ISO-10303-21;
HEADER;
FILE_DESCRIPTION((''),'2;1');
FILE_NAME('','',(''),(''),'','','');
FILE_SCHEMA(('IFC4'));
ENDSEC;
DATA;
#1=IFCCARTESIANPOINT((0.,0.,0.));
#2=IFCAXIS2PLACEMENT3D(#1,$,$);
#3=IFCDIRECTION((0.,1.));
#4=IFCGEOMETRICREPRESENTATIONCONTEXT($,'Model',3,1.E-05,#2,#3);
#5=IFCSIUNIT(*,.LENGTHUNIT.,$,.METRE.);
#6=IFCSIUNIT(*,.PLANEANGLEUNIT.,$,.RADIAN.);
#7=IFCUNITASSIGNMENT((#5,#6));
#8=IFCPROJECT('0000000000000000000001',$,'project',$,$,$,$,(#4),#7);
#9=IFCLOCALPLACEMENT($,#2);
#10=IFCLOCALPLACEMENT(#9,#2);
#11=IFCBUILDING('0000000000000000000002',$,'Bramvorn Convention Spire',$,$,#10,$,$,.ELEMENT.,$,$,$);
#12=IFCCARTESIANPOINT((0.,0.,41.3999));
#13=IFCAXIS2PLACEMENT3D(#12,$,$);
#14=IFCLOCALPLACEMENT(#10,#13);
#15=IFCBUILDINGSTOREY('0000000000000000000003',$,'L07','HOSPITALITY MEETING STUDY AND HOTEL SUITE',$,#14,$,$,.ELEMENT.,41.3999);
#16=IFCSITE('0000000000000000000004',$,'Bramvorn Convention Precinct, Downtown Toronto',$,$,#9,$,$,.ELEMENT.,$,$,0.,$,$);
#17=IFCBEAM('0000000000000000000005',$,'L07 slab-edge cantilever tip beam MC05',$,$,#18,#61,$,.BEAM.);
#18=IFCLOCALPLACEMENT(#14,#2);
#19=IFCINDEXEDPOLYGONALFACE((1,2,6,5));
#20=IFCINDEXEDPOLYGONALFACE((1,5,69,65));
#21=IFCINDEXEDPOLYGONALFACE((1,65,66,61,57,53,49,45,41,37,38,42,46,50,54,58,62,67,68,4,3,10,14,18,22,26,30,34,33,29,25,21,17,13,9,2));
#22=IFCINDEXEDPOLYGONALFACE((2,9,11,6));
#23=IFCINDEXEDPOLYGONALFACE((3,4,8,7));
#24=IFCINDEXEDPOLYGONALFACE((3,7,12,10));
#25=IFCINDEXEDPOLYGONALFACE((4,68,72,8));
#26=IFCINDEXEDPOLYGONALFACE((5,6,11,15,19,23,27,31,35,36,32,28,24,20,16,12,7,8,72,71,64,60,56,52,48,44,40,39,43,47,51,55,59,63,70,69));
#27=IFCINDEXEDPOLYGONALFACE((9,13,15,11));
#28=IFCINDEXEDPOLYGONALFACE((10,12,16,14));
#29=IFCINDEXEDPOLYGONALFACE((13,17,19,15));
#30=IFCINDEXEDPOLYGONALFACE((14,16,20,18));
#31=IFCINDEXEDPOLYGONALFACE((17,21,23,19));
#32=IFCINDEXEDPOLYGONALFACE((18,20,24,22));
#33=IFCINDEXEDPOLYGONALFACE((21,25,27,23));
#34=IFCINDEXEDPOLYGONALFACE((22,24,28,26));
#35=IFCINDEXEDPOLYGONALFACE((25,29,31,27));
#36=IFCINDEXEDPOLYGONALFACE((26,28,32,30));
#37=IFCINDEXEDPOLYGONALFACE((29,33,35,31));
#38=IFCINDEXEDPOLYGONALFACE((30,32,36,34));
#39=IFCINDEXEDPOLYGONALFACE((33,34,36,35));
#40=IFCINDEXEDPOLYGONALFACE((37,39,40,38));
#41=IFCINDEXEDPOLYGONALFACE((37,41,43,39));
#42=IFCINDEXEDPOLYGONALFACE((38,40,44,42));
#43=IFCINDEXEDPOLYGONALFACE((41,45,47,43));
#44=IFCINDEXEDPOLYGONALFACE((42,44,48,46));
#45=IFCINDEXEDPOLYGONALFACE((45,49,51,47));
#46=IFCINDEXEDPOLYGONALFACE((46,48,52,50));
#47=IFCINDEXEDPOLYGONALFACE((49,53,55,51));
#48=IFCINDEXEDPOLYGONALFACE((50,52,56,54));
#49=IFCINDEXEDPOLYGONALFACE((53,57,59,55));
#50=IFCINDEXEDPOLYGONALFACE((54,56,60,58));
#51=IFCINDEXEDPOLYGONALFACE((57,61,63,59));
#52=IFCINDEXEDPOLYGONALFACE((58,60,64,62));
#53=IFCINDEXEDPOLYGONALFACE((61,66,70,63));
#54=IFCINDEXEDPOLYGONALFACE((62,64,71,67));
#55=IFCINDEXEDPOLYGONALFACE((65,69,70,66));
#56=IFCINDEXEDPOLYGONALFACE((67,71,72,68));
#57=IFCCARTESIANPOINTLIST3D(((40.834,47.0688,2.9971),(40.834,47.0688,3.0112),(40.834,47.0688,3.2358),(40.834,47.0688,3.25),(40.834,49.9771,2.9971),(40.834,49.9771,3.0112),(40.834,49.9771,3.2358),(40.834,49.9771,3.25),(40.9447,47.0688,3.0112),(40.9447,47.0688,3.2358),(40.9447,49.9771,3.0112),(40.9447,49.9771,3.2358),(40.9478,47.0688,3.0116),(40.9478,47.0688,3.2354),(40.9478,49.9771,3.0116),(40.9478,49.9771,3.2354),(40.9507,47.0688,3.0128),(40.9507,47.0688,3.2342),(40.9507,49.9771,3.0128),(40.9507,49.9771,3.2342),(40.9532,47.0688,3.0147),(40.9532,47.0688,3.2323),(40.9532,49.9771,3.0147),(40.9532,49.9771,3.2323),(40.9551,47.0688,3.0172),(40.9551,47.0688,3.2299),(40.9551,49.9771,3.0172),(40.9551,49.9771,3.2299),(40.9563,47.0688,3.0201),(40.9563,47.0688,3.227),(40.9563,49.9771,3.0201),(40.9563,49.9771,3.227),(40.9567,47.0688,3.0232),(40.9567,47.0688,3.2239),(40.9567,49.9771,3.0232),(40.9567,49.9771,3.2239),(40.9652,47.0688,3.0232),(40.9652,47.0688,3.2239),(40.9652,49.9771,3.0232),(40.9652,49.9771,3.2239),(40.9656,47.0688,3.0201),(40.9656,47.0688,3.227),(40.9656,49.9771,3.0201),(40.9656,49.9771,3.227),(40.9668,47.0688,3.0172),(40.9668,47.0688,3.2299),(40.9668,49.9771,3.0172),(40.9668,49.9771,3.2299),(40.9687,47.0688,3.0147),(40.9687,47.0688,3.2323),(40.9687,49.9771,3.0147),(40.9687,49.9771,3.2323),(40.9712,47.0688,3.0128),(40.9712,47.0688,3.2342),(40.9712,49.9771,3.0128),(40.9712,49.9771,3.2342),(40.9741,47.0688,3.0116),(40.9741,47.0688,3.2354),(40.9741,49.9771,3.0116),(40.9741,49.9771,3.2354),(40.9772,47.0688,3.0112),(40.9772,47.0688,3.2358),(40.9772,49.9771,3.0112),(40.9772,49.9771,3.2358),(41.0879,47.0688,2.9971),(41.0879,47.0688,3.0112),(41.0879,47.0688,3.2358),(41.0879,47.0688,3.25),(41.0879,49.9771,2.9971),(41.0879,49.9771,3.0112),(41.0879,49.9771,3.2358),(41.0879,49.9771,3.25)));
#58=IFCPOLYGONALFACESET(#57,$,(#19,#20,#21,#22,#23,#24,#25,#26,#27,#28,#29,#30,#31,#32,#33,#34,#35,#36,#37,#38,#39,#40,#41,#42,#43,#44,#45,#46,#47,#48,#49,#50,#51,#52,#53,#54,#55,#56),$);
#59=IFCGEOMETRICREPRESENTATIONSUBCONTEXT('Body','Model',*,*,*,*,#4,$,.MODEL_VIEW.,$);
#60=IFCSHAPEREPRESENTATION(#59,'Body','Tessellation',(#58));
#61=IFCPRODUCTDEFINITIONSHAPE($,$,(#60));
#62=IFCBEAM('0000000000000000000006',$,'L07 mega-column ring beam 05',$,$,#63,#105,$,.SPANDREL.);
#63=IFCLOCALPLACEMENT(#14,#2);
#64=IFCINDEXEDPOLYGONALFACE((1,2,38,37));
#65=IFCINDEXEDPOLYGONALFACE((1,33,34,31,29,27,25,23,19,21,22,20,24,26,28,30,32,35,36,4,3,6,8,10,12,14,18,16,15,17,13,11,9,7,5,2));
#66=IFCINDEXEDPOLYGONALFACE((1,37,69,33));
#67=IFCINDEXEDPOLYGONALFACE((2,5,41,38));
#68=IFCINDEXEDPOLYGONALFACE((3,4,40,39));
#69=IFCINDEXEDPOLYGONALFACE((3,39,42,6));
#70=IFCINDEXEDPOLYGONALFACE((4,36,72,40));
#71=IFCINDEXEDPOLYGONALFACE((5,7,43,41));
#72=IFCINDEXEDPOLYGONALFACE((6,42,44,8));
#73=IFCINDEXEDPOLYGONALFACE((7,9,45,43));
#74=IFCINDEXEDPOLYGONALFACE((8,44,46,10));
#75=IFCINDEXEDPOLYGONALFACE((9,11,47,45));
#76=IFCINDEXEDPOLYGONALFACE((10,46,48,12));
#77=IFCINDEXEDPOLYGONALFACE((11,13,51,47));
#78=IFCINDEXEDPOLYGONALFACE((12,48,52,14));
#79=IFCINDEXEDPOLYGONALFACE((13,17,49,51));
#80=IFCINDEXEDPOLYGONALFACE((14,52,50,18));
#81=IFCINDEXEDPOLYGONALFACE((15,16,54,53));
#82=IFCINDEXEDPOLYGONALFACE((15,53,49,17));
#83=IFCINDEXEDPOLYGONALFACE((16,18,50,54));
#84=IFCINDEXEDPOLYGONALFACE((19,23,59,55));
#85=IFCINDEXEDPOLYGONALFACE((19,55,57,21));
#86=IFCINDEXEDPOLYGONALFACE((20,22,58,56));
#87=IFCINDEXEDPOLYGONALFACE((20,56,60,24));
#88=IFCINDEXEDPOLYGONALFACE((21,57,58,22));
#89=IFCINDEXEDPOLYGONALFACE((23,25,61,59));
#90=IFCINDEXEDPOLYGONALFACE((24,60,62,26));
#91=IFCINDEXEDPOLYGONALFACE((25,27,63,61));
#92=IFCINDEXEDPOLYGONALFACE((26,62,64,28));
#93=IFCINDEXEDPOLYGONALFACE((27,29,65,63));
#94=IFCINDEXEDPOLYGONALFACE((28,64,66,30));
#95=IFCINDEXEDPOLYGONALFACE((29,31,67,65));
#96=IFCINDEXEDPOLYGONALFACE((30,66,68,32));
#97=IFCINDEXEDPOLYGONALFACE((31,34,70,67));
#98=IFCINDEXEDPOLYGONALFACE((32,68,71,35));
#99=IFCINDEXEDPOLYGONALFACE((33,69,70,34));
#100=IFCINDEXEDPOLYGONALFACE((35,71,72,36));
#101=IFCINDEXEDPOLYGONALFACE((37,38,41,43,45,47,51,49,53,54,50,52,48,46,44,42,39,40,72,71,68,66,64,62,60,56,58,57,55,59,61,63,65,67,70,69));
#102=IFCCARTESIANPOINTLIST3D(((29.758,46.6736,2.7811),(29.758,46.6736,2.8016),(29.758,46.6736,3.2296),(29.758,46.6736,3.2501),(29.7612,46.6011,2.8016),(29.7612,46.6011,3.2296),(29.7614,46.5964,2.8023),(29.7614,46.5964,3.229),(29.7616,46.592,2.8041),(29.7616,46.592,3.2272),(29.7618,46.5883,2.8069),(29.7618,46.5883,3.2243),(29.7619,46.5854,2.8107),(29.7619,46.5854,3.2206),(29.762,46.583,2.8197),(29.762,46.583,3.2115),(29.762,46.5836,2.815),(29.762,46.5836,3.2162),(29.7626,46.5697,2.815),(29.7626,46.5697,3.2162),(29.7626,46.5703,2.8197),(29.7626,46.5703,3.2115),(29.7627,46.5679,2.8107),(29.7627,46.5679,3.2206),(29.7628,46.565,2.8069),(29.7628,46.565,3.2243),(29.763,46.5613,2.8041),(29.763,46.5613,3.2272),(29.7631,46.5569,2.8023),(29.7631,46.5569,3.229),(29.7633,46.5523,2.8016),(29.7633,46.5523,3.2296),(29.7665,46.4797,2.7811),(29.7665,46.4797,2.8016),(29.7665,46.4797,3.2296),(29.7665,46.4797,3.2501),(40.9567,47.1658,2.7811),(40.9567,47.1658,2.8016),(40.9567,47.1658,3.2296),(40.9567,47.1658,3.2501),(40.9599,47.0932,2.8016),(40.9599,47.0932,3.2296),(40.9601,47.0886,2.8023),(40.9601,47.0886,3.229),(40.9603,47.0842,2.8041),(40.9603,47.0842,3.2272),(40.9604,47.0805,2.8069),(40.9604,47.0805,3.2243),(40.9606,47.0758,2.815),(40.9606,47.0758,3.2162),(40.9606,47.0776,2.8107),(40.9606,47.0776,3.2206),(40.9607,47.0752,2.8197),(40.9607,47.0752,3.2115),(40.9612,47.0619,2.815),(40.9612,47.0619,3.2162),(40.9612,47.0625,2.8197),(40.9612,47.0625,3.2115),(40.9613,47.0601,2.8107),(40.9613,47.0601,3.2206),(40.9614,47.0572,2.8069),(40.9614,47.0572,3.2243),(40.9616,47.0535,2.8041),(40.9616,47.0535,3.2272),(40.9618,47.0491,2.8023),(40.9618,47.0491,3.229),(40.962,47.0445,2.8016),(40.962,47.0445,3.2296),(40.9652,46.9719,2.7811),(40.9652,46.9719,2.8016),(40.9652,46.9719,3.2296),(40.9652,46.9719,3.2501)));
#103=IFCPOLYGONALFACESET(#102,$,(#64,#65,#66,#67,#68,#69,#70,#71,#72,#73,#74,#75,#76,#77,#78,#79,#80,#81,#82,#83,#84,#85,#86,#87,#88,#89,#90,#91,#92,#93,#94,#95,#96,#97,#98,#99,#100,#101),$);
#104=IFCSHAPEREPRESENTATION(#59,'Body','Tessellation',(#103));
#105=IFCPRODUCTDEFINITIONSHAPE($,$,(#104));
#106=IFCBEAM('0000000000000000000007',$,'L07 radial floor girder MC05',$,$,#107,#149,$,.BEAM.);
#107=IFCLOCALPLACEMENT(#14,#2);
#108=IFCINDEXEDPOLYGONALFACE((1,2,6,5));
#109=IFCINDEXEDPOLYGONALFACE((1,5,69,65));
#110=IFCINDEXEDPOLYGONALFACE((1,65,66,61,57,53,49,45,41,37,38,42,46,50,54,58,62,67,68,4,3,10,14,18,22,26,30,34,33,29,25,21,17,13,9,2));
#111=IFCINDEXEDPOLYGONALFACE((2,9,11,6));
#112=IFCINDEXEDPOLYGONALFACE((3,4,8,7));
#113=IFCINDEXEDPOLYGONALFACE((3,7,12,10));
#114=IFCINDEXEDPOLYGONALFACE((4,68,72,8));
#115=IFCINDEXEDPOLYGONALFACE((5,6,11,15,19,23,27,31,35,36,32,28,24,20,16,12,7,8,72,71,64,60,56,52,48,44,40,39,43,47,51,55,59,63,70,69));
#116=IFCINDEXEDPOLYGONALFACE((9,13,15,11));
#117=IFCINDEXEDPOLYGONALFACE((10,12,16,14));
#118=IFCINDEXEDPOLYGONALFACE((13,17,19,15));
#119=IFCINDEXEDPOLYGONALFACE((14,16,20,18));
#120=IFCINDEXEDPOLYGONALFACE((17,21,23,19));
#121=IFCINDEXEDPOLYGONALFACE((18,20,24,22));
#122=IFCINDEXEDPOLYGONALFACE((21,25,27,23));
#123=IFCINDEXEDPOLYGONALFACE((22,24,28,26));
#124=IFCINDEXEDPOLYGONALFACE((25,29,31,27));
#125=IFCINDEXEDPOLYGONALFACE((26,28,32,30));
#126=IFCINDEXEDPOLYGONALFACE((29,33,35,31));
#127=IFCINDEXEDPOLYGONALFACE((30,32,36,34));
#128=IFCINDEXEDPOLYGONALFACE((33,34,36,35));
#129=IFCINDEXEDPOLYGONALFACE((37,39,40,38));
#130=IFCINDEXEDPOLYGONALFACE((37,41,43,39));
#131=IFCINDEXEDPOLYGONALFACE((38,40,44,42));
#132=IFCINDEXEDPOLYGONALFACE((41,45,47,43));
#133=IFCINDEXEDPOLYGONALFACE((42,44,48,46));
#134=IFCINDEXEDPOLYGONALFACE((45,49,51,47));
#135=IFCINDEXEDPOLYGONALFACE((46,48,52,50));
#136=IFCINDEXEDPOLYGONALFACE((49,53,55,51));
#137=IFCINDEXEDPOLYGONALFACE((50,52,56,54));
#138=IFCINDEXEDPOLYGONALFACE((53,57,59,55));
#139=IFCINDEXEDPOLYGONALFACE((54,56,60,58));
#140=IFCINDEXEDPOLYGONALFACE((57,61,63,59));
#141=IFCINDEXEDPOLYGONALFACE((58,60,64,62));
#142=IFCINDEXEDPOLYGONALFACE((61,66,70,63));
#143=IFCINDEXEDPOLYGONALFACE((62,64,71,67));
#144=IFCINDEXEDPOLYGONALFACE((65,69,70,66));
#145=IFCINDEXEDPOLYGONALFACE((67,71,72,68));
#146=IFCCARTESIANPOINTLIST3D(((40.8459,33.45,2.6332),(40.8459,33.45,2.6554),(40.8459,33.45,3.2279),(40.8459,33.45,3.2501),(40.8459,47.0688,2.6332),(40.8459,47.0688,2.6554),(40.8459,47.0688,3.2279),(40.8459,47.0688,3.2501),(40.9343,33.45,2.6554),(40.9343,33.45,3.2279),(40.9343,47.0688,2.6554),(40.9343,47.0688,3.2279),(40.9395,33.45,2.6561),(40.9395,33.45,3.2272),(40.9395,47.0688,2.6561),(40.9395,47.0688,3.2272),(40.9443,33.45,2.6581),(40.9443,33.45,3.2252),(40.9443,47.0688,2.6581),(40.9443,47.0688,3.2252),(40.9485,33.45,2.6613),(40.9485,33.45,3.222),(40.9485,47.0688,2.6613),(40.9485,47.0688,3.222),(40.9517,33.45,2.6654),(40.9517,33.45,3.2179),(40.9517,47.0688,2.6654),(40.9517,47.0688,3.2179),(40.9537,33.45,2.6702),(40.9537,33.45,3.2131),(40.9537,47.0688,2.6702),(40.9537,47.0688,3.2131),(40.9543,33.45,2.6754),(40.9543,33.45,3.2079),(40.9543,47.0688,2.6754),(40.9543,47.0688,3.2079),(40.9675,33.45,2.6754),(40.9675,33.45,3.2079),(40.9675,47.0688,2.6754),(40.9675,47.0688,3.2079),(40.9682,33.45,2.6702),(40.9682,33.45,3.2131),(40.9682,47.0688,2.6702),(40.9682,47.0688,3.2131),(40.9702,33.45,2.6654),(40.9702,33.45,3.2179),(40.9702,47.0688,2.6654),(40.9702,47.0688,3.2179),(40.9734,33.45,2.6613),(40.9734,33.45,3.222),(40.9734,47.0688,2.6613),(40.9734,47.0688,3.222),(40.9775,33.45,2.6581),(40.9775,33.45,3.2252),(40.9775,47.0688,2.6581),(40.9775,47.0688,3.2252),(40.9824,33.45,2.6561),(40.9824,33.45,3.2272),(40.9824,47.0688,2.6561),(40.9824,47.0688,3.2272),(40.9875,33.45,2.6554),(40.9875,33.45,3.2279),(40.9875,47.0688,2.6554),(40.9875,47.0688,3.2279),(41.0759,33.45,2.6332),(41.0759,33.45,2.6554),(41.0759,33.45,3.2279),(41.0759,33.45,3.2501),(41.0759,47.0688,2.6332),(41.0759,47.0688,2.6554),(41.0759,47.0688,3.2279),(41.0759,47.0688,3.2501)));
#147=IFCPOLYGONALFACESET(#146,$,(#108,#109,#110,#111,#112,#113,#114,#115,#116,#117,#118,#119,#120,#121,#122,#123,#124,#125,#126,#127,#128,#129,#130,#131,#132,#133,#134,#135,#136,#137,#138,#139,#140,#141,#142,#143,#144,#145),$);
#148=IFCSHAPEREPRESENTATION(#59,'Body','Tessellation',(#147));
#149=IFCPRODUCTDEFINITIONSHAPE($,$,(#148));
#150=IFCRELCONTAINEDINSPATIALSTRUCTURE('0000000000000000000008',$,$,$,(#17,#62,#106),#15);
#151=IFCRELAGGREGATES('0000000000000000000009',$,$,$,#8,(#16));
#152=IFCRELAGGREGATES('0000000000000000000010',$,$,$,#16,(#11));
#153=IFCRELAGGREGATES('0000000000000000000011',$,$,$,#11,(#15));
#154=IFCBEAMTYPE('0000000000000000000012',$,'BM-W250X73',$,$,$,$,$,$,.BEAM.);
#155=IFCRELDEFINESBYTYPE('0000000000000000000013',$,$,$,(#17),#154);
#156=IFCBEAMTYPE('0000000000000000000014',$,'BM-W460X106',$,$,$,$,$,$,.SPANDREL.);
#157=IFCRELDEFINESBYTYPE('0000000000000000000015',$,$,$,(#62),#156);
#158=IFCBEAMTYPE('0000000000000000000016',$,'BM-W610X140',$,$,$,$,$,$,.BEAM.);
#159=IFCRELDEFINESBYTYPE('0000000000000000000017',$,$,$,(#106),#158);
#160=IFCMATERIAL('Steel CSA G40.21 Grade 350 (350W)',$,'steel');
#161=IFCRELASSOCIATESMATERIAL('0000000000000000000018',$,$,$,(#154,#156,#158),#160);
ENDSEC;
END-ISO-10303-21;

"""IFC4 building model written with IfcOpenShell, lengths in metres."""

from ifc_helpers import new_model, si_unit, direction, frame, origin, origin_2d, place, context, subcontext, project, spatial, i_section, extrude, material, material_profile, profile_set, type_object, element, save


model = new_model("IFC4")

# Units and contexts
model_context = context("Model", 3, precision=1e-05, world=origin(), true_north=direction((0.0, 1.0)))
body_context = subcontext(model_context, "Body", "Model", "MODEL_VIEW")
ifc_project = project(units=[si_unit("LENGTHUNIT", "METRE"), si_unit("PLANEANGLEUNIT", "RADIAN")], contexts=[model_context])

# Site, building, storey
site_placement = place(None, origin())
site = spatial("IfcSite", under=ifc_project, at=site_placement, Name="Bramvorn Convention Precinct, Downtown Toronto", CompositionType="ELEMENT", RefElevation=0.0)
building_placement = place(site_placement, origin())
building = spatial("IfcBuilding", under=site, at=building_placement, Name="Bramvorn Convention Spire", CompositionType="ELEMENT")
storey_placement = place(building_placement, frame((0.0, 0.0, 41.3999)))
storey = spatial("IfcBuildingStorey", under=building, at=storey_placement, Name="L07", Description="HOSPITALITY MEETING STUDY AND HOTEL SUITE", CompositionType="ELEMENT", Elevation=41.3999)

# Shared definitions
ifc_material_1 = material(Name="Steel CSA G40.21 Grade 350 (350W)", Category="steel")

# Beams
ifc_material_profile_1 = material_profile(ifc_material_1, i_section(OverallWidth=0.2539, OverallDepth=0.2529, WebThickness=0.0085, FlangeThickness=0.0142, FilletRadius=0.012, at=origin_2d()))
ifc_profile_set_1 = profile_set([ifc_material_profile_1], Name="Steel CSA G40.21 Grade 350 (350W) - W250X73")
beam_type_1 = type_object("IfcBeamType", Name="BM-W250X73", PredefinedType="BEAM", material=ifc_profile_set_1)
beam_1_placement = place(storey_placement, frame((40.9609, 47.0688, 3.1235), z_axis=(0.0, 1.0, 0.0), x_axis=(-1.0, 0.0, 0.0)))
element("IfcBeam", 1, at=beam_1_placement, inside=storey, type_object=beam_type_1, Name="L07 slab-edge cantilever tip beam MC05", PredefinedType="BEAM", context=body_context, shape_type="SweptSolid", body=[
    extrude(i_section(OverallWidth=0.2539, OverallDepth=0.2529, WebThickness=0.0085, FlangeThickness=0.0142, FilletRadius=0.012, at=origin_2d()), origin(), (0.0, 0.0, 1.0), 2.9082),
])
ifc_material_profile_2 = material_profile(ifc_material_1, i_section(OverallWidth=0.1941, OverallDepth=0.469, WebThickness=0.0127, FlangeThickness=0.0205, FilletRadius=0.0181, at=origin_2d()))
ifc_profile_set_2 = profile_set([ifc_material_profile_2], Name="Steel CSA G40.21 Grade 350 (350W) - W460X106")
beam_type_2 = type_object("IfcBeamType", Name="BM-W460X106", PredefinedType="SPANDREL", material=ifc_profile_set_2)
beam_2_placement = place(storey_placement, frame((40.9609, 47.0688, 3.0156), z_axis=(-0.999036, -0.043908, 0.0), x_axis=(0.043908, -0.999036, 0.0)))
element("IfcBeam", 2, at=beam_2_placement, inside=storey, type_object=beam_type_2, Name="L07 mega-column ring beam 05", PredefinedType="SPANDREL", context=body_context, shape_type="SweptSolid", body=[
    extrude(i_section(OverallWidth=0.1941, OverallDepth=0.469, WebThickness=0.0127, FlangeThickness=0.0205, FilletRadius=0.0181, at=origin_2d()), origin(), (0.0, 0.0, 1.0), 11.2095),
])
ifc_material_profile_3 = material_profile(ifc_material_1, i_section(OverallWidth=0.23, OverallDepth=0.6169, WebThickness=0.0132, FlangeThickness=0.0222, FilletRadius=0.02, at=origin_2d()))
ifc_profile_set_3 = profile_set([ifc_material_profile_3], Name="Steel CSA G40.21 Grade 350 (350W) - W610X140")
beam_type_3 = type_object("IfcBeamType", Name="BM-W610X140", PredefinedType="BEAM", material=ifc_profile_set_3)
beam_3_placement = place(storey_placement, frame((40.9609, 33.45, 2.9417), z_axis=(0.0, 1.0, 0.0), x_axis=(-1.0, 0.0, 0.0)))
element("IfcBeam", 3, at=beam_3_placement, inside=storey, type_object=beam_type_3, Name="L07 radial floor girder MC05", PredefinedType="BEAM", context=body_context, shape_type="SweptSolid", body=[
    extrude(i_section(OverallWidth=0.23, OverallDepth=0.6169, WebThickness=0.0132, FlangeThickness=0.0222, FilletRadius=0.02, at=origin_2d()), origin(), (0.0, 0.0, 1.0), 13.6189),
])

save(model, "model.ifc")
